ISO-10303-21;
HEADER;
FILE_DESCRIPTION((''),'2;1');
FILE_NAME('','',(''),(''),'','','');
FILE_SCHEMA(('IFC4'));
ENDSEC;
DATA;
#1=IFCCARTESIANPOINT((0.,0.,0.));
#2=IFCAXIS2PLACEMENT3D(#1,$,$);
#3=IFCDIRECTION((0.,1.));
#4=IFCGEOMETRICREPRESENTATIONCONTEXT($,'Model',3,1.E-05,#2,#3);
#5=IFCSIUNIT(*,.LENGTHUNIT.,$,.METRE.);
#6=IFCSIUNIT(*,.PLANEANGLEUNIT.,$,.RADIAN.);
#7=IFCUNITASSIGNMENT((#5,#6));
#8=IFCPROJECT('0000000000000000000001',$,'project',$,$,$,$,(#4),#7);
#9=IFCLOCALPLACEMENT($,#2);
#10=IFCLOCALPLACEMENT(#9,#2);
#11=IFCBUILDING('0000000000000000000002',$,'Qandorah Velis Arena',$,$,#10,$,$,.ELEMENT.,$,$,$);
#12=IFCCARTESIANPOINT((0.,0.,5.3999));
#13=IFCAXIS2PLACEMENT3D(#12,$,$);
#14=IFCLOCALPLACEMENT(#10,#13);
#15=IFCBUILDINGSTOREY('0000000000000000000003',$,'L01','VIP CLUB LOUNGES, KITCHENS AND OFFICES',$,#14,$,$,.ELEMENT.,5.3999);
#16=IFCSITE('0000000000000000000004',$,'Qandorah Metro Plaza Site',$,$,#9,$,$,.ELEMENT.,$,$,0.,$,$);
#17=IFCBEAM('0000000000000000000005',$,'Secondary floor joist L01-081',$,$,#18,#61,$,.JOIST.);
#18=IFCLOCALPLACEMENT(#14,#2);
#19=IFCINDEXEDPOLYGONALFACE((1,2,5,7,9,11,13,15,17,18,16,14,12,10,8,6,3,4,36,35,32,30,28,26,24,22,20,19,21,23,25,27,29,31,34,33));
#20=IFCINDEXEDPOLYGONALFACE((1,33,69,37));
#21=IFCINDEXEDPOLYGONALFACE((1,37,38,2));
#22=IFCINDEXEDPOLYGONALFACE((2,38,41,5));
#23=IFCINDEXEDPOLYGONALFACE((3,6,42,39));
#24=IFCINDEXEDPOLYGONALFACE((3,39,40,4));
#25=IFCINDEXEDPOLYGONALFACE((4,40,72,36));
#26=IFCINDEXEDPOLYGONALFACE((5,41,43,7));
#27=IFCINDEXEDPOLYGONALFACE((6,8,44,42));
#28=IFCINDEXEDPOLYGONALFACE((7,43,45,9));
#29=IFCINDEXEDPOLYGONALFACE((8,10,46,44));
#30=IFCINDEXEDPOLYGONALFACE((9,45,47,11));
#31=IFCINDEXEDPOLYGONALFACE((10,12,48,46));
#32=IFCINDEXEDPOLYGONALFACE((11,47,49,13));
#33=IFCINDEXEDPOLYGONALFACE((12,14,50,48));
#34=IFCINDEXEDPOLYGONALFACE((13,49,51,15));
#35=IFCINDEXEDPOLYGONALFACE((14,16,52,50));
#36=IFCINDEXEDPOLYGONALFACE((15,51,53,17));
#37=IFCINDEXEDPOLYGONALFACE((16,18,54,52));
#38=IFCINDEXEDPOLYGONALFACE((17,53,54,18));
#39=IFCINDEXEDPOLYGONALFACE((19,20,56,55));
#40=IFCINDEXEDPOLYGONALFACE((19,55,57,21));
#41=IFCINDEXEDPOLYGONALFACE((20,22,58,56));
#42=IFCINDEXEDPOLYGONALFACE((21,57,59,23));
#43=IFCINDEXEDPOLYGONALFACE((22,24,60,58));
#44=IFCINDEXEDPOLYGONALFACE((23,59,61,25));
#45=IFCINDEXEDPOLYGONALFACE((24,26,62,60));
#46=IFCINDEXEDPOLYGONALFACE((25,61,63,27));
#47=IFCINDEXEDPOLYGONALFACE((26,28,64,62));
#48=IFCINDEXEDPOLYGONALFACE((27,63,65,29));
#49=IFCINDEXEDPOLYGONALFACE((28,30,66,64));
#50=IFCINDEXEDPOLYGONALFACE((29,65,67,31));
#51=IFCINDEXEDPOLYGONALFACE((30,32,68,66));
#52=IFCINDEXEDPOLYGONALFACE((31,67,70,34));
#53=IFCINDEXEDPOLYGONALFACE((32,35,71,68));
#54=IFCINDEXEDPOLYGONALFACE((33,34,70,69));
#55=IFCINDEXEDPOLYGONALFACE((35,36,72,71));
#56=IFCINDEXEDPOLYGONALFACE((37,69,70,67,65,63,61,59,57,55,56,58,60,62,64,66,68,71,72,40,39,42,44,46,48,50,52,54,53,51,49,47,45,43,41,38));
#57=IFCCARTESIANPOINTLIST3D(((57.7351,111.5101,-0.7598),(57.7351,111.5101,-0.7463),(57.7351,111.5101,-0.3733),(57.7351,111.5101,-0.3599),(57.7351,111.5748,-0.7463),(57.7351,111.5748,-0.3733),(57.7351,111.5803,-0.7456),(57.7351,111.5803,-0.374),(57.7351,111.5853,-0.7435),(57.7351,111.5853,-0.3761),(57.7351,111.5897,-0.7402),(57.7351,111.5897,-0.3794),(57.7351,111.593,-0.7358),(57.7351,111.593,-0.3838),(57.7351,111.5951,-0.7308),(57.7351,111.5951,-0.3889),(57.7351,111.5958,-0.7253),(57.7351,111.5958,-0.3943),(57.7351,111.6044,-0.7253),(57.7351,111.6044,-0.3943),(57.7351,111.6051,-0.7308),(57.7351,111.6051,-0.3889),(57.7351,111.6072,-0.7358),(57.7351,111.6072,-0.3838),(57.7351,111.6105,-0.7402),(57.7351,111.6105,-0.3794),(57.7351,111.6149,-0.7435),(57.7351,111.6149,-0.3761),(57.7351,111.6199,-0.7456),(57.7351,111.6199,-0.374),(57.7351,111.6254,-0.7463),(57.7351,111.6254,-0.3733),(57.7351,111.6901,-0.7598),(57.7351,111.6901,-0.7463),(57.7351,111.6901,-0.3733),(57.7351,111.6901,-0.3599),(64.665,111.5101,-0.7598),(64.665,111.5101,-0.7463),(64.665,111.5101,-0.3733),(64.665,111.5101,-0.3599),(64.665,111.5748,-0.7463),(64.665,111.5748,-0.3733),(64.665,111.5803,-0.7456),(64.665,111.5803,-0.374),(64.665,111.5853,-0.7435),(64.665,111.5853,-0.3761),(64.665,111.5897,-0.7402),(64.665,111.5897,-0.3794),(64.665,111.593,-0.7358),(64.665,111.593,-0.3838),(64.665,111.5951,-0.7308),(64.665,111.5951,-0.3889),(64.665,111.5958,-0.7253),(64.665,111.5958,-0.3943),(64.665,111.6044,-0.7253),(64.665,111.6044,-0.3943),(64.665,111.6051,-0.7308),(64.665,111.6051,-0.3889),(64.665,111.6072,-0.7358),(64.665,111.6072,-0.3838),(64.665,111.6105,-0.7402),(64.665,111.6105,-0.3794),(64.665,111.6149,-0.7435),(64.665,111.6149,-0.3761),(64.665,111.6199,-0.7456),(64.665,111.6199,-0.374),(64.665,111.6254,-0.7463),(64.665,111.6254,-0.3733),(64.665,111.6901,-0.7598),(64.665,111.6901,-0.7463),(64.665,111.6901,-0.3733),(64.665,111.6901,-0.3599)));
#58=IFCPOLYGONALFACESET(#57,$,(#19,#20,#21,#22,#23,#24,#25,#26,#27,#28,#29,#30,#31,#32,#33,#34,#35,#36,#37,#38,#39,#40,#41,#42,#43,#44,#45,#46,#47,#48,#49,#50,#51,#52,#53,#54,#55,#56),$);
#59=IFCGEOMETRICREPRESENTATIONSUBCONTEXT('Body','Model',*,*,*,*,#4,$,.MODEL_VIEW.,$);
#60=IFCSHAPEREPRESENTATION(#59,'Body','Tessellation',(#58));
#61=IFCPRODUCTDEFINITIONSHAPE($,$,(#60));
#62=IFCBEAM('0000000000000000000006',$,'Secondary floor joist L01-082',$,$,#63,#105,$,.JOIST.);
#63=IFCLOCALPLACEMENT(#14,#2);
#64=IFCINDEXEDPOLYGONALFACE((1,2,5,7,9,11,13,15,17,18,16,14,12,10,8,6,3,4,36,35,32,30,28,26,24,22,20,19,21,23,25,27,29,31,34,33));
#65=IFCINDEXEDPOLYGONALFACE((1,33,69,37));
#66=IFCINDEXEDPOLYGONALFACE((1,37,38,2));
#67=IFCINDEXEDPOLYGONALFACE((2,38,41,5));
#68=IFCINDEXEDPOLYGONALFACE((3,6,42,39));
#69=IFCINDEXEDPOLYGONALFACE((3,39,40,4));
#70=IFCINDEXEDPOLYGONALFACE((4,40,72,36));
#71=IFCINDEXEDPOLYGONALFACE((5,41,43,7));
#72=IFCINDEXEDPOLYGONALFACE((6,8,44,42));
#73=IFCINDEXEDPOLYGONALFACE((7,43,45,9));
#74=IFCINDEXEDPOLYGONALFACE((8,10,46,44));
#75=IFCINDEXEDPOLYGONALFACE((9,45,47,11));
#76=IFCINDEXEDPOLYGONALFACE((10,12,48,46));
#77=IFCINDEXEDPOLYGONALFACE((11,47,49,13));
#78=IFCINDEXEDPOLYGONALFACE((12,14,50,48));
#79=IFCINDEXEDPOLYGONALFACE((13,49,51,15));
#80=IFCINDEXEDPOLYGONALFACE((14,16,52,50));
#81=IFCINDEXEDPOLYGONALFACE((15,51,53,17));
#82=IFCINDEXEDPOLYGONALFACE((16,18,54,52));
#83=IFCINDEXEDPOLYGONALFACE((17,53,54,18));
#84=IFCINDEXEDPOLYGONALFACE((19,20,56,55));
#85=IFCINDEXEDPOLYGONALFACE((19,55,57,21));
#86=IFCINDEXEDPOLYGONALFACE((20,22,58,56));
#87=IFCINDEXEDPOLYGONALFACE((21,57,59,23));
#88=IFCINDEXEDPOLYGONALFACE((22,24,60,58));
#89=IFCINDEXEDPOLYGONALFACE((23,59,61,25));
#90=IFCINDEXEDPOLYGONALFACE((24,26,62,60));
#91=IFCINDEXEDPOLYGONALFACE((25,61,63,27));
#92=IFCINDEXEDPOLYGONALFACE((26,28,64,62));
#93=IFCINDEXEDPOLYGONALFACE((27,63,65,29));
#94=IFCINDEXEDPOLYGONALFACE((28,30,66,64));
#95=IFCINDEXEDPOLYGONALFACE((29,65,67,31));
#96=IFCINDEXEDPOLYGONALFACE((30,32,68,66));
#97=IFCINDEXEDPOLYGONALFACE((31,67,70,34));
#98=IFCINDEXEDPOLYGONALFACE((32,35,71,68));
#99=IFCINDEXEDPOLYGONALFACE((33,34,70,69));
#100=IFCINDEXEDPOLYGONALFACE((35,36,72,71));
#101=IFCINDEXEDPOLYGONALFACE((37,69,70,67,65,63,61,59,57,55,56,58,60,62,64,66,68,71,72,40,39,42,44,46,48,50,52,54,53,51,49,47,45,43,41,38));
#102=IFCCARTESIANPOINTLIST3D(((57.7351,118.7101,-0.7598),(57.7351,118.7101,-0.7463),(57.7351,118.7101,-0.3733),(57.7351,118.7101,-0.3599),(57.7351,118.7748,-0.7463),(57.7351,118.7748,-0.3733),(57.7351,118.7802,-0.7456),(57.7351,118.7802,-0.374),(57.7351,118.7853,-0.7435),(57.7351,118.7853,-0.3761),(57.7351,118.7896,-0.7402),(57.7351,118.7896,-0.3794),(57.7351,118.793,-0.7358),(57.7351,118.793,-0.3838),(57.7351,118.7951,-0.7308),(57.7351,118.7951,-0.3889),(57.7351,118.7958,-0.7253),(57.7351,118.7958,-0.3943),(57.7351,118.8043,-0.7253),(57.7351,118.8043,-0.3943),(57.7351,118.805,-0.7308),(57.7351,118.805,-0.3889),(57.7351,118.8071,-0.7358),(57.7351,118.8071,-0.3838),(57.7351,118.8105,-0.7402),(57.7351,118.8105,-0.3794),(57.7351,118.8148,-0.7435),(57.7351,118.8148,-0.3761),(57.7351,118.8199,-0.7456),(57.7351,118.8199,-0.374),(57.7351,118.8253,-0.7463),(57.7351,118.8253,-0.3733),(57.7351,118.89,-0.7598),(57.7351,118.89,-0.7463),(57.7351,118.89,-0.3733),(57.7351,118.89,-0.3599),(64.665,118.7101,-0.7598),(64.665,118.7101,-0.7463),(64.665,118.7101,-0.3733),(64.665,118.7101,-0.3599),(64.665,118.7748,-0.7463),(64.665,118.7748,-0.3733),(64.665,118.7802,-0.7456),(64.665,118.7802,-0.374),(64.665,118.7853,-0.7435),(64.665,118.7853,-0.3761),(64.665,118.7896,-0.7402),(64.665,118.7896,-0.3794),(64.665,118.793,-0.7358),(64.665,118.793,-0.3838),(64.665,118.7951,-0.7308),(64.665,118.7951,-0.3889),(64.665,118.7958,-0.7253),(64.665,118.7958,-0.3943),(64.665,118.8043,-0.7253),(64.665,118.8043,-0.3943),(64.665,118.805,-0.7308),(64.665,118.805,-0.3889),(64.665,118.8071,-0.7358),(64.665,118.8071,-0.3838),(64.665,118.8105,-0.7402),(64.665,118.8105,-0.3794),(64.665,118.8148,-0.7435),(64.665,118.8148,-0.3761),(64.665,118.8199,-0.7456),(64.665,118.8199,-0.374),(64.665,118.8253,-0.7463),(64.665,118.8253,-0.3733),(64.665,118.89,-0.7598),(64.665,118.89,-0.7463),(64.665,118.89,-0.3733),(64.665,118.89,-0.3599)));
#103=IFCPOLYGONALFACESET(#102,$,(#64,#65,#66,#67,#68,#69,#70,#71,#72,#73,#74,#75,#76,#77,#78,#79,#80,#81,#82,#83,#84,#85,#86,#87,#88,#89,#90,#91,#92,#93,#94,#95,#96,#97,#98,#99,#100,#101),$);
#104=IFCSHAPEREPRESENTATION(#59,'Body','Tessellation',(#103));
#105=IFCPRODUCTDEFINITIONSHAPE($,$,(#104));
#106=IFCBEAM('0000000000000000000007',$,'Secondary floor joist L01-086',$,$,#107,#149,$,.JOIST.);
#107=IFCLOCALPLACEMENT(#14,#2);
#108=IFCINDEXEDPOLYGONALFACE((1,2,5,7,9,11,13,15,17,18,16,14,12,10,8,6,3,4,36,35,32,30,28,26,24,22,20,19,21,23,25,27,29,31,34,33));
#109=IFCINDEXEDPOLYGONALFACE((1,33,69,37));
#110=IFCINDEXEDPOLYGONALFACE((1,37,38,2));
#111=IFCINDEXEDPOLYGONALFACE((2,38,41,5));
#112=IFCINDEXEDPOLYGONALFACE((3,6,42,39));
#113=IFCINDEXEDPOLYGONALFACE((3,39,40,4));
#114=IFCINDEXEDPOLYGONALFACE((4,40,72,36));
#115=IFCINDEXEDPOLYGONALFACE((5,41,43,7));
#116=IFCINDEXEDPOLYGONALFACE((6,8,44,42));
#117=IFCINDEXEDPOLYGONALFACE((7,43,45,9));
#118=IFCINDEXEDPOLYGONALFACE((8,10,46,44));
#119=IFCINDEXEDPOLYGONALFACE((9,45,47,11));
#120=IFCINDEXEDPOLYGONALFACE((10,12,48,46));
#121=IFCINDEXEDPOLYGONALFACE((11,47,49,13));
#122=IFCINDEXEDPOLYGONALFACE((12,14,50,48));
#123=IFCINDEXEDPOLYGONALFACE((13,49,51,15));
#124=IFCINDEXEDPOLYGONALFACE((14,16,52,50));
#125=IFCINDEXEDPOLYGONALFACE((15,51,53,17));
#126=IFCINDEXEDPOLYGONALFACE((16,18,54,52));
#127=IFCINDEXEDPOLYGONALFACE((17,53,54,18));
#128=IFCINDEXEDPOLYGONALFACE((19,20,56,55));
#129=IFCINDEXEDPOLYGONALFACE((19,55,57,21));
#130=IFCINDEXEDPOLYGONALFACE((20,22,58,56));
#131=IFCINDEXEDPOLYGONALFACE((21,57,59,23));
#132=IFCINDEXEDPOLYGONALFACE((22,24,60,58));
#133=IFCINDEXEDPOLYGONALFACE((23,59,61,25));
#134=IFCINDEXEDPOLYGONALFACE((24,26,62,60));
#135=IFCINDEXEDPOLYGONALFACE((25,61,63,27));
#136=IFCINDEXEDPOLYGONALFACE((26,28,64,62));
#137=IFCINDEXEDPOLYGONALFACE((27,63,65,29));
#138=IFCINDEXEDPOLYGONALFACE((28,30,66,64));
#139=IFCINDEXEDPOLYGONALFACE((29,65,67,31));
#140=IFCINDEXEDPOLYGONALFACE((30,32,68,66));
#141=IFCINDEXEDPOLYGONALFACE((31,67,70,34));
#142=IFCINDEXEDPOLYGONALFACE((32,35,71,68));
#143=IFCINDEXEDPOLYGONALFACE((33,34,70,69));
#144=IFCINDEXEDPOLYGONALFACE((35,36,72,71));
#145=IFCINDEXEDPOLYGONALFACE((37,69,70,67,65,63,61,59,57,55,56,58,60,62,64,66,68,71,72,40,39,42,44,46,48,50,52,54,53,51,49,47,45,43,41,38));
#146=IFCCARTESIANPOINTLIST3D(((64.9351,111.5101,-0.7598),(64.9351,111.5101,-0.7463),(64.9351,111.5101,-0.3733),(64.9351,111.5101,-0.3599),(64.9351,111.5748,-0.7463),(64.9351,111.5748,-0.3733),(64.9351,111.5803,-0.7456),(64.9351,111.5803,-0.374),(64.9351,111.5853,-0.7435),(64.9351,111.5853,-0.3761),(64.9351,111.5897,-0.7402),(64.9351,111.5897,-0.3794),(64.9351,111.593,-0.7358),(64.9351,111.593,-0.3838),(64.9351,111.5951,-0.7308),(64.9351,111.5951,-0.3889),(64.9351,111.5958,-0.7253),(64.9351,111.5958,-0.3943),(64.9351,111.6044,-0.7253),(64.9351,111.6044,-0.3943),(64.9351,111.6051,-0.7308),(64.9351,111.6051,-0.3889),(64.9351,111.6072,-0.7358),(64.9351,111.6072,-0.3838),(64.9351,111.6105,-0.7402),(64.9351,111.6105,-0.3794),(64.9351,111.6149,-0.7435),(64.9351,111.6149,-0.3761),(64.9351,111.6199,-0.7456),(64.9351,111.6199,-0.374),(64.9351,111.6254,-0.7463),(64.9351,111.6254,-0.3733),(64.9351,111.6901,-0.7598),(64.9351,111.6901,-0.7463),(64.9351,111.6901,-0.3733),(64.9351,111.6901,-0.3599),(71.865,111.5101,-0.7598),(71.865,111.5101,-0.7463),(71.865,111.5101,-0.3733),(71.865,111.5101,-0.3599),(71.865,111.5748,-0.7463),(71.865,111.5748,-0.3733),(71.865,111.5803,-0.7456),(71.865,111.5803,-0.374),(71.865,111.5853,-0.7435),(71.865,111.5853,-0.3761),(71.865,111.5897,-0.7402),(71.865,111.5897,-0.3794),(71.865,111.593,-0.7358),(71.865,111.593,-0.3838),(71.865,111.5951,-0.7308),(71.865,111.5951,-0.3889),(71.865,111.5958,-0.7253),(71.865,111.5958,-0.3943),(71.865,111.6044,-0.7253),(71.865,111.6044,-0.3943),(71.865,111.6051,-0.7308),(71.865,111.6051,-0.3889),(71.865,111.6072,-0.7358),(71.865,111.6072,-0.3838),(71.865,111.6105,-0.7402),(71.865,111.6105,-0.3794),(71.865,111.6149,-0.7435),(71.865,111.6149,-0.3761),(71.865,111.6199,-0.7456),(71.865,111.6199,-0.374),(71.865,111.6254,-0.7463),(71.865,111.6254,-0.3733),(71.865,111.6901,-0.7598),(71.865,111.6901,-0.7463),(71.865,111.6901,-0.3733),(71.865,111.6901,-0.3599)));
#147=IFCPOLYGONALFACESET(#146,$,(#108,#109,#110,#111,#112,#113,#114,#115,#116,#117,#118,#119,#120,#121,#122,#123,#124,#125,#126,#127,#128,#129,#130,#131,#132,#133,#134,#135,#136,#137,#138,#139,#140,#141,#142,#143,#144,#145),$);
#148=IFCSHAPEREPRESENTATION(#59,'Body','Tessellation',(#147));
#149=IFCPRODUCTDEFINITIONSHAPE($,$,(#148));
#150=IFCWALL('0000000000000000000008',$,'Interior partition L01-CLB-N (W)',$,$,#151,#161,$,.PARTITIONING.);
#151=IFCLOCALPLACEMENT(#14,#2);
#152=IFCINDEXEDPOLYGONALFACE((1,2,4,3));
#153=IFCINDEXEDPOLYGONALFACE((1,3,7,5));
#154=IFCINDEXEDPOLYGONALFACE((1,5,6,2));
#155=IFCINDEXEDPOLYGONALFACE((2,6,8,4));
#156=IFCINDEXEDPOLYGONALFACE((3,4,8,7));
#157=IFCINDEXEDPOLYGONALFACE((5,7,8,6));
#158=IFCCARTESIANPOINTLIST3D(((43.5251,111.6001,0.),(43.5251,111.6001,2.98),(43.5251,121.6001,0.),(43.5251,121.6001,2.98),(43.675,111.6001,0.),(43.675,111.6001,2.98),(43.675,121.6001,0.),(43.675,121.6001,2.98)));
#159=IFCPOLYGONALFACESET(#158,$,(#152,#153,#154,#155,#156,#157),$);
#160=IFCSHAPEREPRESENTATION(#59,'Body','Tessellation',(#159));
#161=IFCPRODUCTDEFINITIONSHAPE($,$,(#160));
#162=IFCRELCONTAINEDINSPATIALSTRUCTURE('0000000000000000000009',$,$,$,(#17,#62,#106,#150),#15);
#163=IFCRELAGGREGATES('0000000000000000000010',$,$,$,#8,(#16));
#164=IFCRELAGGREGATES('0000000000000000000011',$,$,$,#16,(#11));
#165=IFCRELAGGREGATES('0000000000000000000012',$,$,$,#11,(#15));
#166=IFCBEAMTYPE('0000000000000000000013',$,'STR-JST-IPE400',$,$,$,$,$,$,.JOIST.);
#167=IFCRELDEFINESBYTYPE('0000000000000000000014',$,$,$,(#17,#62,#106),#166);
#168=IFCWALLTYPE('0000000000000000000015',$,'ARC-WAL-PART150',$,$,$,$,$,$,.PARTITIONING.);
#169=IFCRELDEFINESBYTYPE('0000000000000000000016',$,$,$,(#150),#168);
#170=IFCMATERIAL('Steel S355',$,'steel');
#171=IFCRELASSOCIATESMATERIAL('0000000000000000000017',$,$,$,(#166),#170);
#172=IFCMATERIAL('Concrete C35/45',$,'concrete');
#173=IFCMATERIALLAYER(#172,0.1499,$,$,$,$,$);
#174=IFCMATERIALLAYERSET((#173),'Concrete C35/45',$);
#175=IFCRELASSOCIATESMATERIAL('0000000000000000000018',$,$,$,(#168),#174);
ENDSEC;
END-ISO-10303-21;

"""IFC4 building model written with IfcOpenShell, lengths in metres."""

from ifc_helpers import new_model, si_unit, direction, frame, frame_2d, origin, origin_2d, place, context, subcontext, project, spatial, rectangle, i_section, extrude, material, layer, layer_set, material_profile, profile_set, type_object, element, save


model = new_model("IFC4")

# Units and contexts
model_context = context("Model", 3, precision=1e-05, world=origin(), true_north=direction((0.0, 1.0)))
body_context = subcontext(model_context, "Body", "Model", "MODEL_VIEW")
ifc_project = project(units=[si_unit("LENGTHUNIT", "METRE"), si_unit("PLANEANGLEUNIT", "RADIAN")], contexts=[model_context])

# Site, building, storey
site_placement = place(None, origin())
site = spatial("IfcSite", under=ifc_project, at=site_placement, Name="Qandorah Metro Plaza Site", CompositionType="ELEMENT", RefElevation=0.0)
building_placement = place(site_placement, origin())
building = spatial("IfcBuilding", under=site, at=building_placement, Name="Qandorah Velis Arena", CompositionType="ELEMENT")
storey_placement = place(building_placement, frame((0.0, 0.0, 5.3999)))
storey = spatial("IfcBuildingStorey", under=building, at=storey_placement, Name="L01", Description="VIP CLUB LOUNGES, KITCHENS AND OFFICES", CompositionType="ELEMENT", Elevation=5.3999)

# Beams
ifc_material_1 = material(Name="Steel S355", Category="steel")
ifc_material_profile_1 = material_profile(ifc_material_1, i_section(OverallWidth=0.1799, OverallDepth=0.3999, WebThickness=0.0085, FlangeThickness=0.0134, FilletRadius=0.021, at=origin_2d()), Name="IPE 400")
ifc_profile_set_1 = profile_set([ifc_material_profile_1], Name="Steel S355")
beam_type_1 = type_object("IfcBeamType", Name="STR-JST-IPE400", PredefinedType="JOIST", material=ifc_profile_set_1)
for number, where, z_axis, x_axis, name in (
    (1, (57.7351, 111.6001, -0.5598), (1.0, 0.0, 0.0), (0.0, 1.0, 0.0), "Secondary floor joist L01-081"),
    (2, (57.7351, 118.8, -0.5598), (1.0, 0.0, 0.0), (0.0, 1.0, 0.0), "Secondary floor joist L01-082"),
    (3, (64.9351, 111.6001, -0.5598), (1.0, 0.0, 0.0), (0.0, 1.0, 0.0), "Secondary floor joist L01-086"),
):
    element("IfcBeam", number, at=place(storey_placement, frame(where, z_axis=z_axis, x_axis=x_axis)), inside=storey, type_object=beam_type_1, Name=name, PredefinedType="JOIST", context=body_context, shape_type="SweptSolid", body=[
        extrude(i_section(OverallWidth=0.1799, OverallDepth=0.3999, WebThickness=0.0085, FlangeThickness=0.0134, FilletRadius=0.021, at=origin_2d()), origin(), (0.0, 0.0, 1.0), 6.9299),
    ])

# Wall
ifc_material_2 = material(Name="Concrete C35/45", Category="concrete")
ifc_layer = layer(ifc_material_2, 0.1499)
ifc_layer_set = layer_set([ifc_layer], Name="Concrete C35/45")
wall_type = type_object("IfcWallType", Name="ARC-WAL-PART150", PredefinedType="PARTITIONING", material=ifc_layer_set)
wall_placement = place(storey_placement, frame((43.6001, 121.6001, 0.0), z_axis=(0.0, 0.0, 1.0), x_axis=(0.0, -1.0, 0.0)))
element("IfcWall", 4, at=wall_placement, inside=storey, type_object=wall_type, Name="Interior partition L01-CLB-N (W)", PredefinedType="PARTITIONING", context=body_context, shape_type="SweptSolid", body=[
    extrude(rectangle(XDim=10.0, YDim=0.1499, at=frame_2d((5.0, 0.0))), origin(), (0.0, 0.0, 1.0), 2.98),
])

save(model, "model.ifc")
